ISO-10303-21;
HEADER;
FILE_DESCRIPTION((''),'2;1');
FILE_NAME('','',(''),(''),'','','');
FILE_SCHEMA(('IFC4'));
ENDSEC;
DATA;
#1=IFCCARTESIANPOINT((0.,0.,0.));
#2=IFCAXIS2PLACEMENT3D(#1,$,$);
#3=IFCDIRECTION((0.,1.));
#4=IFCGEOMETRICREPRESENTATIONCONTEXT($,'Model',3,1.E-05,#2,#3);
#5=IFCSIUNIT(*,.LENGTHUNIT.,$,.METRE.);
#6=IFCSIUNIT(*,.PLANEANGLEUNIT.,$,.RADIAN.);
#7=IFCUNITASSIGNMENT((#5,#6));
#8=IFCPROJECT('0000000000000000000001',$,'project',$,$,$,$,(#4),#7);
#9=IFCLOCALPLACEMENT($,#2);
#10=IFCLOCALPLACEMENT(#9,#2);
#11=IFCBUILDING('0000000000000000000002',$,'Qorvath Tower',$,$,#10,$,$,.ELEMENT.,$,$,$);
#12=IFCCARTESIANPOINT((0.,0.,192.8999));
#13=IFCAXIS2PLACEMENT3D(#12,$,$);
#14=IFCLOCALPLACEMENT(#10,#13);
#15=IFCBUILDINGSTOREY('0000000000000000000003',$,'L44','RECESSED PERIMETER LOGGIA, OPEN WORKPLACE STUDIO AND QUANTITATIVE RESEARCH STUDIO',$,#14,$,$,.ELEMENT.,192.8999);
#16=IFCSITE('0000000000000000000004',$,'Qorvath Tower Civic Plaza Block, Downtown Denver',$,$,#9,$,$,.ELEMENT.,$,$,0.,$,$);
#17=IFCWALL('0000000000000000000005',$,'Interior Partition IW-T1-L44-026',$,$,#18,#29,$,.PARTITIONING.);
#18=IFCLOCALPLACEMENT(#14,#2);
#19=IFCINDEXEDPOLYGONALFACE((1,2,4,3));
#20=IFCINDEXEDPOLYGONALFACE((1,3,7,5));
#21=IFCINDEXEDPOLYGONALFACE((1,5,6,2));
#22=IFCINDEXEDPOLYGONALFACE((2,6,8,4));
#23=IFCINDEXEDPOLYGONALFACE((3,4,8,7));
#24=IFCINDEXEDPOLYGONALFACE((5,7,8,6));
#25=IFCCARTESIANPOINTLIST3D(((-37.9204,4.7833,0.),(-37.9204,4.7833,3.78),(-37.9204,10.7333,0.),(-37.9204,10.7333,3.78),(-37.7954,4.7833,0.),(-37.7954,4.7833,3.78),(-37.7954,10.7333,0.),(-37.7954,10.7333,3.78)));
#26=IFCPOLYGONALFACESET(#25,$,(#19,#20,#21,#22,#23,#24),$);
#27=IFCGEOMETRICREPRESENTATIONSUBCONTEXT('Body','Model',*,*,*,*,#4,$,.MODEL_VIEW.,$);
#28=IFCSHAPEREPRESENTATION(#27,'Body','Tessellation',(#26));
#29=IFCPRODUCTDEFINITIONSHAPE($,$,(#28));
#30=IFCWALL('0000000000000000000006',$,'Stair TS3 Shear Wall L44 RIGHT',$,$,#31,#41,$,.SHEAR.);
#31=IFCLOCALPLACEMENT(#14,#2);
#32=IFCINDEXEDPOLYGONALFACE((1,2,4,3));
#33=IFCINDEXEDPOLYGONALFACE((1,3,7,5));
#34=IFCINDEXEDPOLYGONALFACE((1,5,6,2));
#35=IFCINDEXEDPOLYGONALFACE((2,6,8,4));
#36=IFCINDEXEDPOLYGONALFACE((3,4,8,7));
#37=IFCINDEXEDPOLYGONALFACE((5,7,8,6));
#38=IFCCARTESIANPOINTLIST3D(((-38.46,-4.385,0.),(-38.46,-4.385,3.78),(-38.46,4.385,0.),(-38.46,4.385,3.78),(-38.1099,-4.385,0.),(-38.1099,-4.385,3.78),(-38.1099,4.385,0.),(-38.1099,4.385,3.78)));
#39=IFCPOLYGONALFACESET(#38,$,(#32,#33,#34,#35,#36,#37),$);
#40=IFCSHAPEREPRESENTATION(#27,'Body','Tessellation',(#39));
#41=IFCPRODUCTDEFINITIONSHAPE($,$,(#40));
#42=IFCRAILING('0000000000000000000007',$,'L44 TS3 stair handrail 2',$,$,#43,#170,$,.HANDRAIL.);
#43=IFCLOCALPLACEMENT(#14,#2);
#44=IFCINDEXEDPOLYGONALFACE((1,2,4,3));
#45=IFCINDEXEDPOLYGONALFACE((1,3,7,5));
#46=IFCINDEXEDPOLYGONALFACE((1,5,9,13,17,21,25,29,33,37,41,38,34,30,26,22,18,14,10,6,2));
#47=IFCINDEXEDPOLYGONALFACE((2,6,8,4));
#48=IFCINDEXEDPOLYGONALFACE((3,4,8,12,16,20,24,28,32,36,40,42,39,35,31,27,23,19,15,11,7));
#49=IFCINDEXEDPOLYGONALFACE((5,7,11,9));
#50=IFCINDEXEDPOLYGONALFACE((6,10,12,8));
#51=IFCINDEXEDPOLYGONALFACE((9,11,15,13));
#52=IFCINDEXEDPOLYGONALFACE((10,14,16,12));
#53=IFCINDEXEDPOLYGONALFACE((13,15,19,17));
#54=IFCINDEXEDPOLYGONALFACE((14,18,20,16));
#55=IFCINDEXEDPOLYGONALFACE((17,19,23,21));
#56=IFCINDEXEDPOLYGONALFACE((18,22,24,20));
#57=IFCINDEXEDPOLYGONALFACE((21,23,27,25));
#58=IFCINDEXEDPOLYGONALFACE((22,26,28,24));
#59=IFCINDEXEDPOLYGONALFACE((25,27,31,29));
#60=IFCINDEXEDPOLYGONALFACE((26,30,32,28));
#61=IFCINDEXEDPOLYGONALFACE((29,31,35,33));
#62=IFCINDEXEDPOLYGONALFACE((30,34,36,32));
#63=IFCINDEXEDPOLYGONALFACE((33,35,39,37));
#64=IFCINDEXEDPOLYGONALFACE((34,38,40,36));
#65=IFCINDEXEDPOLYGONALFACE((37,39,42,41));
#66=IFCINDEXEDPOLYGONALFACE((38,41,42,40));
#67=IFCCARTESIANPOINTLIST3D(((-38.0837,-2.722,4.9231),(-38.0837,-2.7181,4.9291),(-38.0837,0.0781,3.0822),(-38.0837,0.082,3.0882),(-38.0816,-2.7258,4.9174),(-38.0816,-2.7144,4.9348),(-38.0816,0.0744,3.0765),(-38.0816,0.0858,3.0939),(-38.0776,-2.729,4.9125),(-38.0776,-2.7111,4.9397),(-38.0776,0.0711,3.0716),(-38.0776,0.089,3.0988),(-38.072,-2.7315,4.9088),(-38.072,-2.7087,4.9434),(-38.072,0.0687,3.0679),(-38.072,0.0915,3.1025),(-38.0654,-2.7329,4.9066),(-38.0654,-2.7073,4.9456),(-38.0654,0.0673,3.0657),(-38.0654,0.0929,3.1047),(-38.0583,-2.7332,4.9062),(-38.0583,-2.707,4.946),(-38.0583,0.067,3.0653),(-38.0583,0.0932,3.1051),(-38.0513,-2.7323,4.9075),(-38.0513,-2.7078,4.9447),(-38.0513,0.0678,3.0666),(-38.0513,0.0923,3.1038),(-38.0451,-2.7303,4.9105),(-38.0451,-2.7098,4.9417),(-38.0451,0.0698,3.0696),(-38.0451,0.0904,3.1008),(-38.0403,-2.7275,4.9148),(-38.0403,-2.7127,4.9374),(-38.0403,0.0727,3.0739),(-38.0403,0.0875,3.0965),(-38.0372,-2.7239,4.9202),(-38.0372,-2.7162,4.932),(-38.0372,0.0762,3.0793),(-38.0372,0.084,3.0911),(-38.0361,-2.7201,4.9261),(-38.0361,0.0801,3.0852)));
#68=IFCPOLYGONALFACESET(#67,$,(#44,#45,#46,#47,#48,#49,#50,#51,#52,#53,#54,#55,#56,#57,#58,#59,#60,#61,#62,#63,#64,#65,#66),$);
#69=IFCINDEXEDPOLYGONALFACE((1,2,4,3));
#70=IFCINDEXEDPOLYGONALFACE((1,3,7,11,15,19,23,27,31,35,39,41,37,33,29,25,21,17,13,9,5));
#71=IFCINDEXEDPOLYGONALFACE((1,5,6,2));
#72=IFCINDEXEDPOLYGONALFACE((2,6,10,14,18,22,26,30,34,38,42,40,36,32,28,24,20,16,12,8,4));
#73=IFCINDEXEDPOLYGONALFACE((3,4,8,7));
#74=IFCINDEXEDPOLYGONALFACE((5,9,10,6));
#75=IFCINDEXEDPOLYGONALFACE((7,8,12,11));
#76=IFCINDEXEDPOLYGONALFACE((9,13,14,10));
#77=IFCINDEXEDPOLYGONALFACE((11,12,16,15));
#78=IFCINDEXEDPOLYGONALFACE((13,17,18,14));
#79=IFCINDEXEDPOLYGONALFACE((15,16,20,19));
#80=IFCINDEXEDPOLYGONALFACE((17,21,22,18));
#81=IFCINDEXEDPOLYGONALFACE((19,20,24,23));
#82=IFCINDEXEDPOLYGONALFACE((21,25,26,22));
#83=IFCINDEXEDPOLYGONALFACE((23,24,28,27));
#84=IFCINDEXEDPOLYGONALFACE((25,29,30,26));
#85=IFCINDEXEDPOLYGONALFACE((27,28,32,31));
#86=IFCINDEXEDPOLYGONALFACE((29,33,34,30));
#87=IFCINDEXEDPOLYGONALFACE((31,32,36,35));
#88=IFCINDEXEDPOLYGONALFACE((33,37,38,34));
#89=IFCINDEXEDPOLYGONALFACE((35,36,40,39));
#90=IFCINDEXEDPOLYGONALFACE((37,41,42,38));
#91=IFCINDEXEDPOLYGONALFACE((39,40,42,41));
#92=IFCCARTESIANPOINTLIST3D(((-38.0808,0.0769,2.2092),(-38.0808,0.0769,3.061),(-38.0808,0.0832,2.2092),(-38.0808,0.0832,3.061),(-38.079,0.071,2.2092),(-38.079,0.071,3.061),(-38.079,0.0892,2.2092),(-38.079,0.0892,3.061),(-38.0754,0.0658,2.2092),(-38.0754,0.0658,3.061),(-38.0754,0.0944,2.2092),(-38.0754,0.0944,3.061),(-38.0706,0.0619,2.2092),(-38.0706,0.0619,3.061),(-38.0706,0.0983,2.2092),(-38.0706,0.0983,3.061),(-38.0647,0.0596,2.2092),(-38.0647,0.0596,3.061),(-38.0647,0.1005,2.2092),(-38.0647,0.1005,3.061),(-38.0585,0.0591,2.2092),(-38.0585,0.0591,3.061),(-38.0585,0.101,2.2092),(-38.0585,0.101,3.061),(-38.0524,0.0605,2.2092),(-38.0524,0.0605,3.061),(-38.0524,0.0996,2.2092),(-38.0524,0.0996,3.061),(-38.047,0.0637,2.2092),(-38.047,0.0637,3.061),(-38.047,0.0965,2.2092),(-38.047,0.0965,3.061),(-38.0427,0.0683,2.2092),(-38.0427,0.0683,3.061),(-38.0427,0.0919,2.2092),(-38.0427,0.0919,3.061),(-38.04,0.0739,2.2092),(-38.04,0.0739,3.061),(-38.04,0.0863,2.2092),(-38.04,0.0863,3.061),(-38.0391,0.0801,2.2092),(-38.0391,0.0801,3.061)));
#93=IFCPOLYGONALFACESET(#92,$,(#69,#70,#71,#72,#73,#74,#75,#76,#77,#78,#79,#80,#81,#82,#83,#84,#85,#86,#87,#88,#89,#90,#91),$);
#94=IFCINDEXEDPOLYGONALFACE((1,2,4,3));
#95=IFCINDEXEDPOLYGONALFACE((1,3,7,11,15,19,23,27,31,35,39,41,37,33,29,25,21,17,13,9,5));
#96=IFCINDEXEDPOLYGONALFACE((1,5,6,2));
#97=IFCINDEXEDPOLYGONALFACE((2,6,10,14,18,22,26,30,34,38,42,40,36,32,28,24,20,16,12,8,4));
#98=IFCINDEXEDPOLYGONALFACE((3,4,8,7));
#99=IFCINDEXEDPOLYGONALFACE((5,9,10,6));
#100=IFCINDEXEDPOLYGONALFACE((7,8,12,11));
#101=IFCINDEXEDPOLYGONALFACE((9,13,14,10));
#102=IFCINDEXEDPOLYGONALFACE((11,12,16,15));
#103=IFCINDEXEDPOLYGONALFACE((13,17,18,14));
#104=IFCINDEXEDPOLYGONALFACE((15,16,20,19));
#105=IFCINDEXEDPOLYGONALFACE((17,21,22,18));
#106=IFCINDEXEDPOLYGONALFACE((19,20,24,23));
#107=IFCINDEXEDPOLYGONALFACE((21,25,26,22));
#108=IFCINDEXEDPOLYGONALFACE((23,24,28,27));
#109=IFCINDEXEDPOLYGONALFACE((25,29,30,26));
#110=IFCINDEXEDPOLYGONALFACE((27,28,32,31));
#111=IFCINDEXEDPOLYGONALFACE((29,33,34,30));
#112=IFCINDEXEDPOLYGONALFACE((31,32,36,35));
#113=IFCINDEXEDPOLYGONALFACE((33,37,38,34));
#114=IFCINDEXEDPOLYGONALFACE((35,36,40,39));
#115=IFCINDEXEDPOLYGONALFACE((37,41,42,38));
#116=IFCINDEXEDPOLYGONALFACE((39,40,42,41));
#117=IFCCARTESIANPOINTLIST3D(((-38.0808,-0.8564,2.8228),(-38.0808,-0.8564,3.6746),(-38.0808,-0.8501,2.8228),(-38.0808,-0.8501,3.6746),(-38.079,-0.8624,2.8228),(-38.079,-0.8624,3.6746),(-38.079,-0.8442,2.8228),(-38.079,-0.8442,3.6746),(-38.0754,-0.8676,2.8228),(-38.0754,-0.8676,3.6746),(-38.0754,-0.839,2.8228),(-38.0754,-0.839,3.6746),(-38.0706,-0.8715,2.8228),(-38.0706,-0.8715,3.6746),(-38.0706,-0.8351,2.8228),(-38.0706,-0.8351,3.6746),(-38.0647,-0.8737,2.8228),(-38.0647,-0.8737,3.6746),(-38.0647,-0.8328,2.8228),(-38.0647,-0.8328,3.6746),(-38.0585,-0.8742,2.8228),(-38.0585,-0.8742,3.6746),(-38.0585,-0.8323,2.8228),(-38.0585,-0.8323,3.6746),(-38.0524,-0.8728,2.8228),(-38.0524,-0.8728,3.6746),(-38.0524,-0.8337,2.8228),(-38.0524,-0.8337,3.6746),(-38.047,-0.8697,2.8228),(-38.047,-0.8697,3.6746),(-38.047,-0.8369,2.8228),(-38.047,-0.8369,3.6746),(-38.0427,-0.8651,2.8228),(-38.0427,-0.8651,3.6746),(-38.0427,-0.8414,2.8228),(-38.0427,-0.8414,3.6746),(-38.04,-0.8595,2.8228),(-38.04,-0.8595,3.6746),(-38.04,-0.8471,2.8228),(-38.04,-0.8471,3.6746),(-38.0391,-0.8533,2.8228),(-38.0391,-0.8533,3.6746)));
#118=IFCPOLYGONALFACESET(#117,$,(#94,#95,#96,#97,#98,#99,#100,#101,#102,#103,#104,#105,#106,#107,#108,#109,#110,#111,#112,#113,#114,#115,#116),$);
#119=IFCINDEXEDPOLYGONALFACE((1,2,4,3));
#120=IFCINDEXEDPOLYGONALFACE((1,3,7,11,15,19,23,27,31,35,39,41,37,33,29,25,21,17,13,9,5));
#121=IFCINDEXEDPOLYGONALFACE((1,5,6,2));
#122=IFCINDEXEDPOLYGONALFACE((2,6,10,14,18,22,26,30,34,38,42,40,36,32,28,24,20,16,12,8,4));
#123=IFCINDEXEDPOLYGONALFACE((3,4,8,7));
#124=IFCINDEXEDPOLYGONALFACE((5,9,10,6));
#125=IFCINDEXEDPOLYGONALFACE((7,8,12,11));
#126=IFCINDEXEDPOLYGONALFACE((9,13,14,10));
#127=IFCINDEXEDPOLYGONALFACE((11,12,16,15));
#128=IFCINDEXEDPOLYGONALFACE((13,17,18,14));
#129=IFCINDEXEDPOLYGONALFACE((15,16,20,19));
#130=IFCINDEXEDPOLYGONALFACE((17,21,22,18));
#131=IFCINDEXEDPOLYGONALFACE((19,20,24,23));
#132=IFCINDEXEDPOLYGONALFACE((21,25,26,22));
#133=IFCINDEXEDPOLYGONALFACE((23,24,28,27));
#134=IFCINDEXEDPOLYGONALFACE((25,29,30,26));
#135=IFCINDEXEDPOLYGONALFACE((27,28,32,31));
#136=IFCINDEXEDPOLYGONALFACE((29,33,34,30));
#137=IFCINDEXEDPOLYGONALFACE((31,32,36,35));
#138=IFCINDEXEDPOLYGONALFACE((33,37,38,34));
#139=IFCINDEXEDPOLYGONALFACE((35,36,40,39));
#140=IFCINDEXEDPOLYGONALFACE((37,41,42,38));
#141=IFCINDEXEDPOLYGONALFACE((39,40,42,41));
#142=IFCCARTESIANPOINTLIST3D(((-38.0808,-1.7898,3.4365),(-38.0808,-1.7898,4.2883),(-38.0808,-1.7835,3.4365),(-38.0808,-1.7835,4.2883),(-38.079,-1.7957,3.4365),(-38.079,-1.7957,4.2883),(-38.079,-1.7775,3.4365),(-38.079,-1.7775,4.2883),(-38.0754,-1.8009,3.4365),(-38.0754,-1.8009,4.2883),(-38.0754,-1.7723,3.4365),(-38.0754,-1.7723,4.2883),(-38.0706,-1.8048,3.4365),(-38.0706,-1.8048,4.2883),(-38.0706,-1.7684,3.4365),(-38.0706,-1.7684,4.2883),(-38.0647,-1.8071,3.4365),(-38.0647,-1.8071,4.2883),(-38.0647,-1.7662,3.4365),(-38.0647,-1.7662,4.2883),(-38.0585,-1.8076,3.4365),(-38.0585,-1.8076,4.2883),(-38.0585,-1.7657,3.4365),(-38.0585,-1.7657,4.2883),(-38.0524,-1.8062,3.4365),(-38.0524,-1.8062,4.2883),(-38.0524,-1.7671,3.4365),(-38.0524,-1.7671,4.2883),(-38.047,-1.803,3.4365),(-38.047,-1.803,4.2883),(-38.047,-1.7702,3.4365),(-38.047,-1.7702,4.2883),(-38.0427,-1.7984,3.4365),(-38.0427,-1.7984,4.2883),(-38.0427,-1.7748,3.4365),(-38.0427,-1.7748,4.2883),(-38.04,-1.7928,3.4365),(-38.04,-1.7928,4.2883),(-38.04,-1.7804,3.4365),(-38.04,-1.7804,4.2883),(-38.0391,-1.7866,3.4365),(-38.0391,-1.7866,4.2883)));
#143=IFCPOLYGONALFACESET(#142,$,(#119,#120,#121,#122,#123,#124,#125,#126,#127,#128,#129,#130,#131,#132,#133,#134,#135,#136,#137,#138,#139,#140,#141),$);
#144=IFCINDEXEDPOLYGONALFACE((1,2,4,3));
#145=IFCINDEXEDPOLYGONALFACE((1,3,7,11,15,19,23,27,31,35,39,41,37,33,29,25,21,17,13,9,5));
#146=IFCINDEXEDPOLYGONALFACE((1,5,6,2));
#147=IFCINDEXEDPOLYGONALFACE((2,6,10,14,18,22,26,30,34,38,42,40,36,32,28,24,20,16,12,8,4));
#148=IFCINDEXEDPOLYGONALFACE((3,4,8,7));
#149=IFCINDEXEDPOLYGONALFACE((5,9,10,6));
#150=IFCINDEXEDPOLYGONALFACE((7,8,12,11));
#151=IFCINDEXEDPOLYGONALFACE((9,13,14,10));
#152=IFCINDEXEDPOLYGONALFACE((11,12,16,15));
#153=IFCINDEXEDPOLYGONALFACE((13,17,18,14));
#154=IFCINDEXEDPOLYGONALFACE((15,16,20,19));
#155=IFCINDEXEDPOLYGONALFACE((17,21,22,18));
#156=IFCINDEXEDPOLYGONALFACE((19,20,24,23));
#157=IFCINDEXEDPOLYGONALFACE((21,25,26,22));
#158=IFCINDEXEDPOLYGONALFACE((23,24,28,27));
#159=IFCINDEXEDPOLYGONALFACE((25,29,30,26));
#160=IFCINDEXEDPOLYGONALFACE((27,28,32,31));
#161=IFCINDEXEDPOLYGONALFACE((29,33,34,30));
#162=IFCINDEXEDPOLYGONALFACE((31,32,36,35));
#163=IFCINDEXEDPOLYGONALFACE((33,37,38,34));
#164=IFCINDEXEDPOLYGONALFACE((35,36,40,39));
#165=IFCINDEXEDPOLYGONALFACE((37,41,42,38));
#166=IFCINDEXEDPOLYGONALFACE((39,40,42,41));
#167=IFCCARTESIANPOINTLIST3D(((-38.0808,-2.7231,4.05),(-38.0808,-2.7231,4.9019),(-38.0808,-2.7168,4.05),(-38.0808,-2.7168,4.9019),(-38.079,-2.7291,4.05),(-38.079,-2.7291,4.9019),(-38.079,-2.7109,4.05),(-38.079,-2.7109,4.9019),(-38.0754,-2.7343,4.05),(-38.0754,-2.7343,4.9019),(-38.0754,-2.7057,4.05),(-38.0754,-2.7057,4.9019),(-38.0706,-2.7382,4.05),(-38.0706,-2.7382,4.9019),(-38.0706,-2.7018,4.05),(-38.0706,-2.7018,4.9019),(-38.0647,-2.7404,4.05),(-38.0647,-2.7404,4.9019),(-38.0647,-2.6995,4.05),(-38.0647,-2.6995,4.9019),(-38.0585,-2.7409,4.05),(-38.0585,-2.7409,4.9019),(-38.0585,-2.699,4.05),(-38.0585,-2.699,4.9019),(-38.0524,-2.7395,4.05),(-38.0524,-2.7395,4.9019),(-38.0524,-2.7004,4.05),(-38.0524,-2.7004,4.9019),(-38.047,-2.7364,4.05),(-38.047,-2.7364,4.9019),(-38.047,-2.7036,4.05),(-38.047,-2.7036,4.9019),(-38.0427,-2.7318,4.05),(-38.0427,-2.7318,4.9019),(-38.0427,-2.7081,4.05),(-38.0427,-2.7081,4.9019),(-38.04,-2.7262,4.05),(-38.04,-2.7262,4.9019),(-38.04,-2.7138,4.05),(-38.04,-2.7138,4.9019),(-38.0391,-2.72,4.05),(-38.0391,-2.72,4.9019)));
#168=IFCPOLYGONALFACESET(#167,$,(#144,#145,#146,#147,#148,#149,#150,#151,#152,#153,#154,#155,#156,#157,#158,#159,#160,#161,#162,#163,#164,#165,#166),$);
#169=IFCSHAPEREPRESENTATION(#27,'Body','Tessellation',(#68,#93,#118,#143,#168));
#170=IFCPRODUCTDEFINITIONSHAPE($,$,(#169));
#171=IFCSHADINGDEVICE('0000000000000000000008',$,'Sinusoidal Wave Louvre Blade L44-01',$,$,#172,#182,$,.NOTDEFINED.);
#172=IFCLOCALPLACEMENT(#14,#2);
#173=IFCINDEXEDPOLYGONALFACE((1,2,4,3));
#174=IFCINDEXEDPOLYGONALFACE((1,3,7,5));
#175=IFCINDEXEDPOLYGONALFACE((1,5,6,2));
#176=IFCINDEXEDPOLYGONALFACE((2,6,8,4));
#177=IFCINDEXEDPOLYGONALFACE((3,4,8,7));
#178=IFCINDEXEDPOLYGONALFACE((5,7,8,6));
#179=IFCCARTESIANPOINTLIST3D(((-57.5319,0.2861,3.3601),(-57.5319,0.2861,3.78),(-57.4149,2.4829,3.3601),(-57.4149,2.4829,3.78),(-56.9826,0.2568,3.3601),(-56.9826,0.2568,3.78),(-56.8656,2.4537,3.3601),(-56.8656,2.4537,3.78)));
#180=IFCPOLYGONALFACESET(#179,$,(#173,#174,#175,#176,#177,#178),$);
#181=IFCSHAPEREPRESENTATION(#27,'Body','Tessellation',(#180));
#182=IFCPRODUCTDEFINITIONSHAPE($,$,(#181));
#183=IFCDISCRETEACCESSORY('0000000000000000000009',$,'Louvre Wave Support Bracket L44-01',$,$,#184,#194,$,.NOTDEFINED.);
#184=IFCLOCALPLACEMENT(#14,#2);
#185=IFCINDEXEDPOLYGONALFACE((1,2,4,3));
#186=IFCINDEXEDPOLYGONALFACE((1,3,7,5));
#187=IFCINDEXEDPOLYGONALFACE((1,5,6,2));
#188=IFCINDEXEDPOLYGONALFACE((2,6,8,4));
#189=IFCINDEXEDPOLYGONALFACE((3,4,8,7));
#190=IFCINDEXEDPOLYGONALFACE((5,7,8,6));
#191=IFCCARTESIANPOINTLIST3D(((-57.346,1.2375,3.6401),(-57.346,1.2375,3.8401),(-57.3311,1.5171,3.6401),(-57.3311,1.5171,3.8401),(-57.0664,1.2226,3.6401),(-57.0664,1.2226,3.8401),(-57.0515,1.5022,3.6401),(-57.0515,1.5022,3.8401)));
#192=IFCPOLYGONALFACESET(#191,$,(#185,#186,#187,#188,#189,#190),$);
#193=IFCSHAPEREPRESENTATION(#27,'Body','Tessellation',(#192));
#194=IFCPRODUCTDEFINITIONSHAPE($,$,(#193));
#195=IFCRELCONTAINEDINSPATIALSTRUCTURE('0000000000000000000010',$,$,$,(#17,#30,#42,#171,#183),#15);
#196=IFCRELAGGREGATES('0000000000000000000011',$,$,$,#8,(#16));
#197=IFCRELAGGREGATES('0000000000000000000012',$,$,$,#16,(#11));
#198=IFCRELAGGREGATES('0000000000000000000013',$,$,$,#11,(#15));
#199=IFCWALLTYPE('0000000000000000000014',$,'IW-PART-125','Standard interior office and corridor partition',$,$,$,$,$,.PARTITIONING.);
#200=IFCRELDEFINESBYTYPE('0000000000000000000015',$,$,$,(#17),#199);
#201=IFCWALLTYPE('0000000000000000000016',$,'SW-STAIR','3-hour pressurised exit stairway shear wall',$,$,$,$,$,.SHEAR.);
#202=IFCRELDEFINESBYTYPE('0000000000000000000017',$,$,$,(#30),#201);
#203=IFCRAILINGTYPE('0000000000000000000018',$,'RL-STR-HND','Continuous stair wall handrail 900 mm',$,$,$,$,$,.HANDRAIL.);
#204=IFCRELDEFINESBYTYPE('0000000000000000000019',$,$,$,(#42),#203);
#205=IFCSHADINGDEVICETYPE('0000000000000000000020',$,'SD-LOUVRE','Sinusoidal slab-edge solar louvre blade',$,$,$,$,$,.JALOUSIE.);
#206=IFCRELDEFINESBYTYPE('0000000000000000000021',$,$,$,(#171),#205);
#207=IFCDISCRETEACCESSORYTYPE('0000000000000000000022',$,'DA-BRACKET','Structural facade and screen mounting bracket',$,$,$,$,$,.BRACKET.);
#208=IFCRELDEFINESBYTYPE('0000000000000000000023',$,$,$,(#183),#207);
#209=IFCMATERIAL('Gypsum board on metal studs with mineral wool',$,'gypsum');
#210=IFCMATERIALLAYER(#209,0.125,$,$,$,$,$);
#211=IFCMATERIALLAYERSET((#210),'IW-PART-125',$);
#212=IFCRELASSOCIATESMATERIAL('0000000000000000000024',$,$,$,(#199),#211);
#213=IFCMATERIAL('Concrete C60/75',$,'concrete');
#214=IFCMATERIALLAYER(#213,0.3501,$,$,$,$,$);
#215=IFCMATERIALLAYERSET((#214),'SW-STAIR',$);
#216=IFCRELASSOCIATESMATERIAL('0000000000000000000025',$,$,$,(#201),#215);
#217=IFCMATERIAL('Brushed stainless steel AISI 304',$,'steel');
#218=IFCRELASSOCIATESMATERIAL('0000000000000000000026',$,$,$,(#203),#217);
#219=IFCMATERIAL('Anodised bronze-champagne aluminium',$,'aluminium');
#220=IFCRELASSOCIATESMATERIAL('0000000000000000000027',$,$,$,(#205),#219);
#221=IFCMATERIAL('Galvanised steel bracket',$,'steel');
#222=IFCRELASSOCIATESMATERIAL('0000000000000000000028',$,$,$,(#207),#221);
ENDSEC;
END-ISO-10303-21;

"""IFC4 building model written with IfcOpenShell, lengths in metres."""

from ifc_helpers import new_model, si_unit, direction, frame, frame_2d, origin, origin_2d, place, context, subcontext, project, spatial, rectangle, circle, extrude, material, layer, layer_set, type_object, element, save


model = new_model("IFC4")

# Units and contexts
model_context = context("Model", 3, precision=1e-05, world=origin(), true_north=direction((0.0, 1.0)))
body_context = subcontext(model_context, "Body", "Model", "MODEL_VIEW")
ifc_project = project(units=[si_unit("LENGTHUNIT", "METRE"), si_unit("PLANEANGLEUNIT", "RADIAN")], contexts=[model_context])

# Site, building, storey
site_placement = place(None, origin())
site = spatial("IfcSite", under=ifc_project, at=site_placement, Name="Qorvath Tower Civic Plaza Block, Downtown Denver", CompositionType="ELEMENT", RefElevation=0.0)
building_placement = place(site_placement, origin())
building = spatial("IfcBuilding", under=site, at=building_placement, Name="Qorvath Tower", CompositionType="ELEMENT")
storey_placement = place(building_placement, frame((0.0, 0.0, 192.8999)))
storey = spatial("IfcBuildingStorey", under=building, at=storey_placement, Name="L44", Description="RECESSED PERIMETER LOGGIA, OPEN WORKPLACE STUDIO AND QUANTITATIVE RESEARCH STUDIO", CompositionType="ELEMENT", Elevation=192.8999)

# Walls
ifc_material_1 = material(Name="Gypsum board on metal studs with mineral wool", Category="gypsum")
ifc_layer_1 = layer(ifc_material_1, 0.125)
ifc_layer_set_1 = layer_set([ifc_layer_1], Name="IW-PART-125")
wall_type_1 = type_object("IfcWallType", Name="IW-PART-125", Description="Standard interior office and corridor partition", PredefinedType="PARTITIONING", material=ifc_layer_set_1)
wall_1_placement = place(storey_placement, frame((-37.8579, 4.7832, 0.0), z_axis=(0.0, 0.0, 1.0), x_axis=(0.0, 1.0, 0.0)))
element("IfcWall", 1, at=wall_1_placement, inside=storey, type_object=wall_type_1, Name="Interior Partition IW-T1-L44-026", PredefinedType="PARTITIONING", context=body_context, shape_type="SweptSolid", body=[
    extrude(rectangle(XDim=5.95, YDim=0.125, at=frame_2d((2.9751, 0.0))), origin(), (0.0, 0.0, 1.0), 3.78),
])
ifc_material_2 = material(Name="Concrete C60/75", Category="concrete")
ifc_layer_2 = layer(ifc_material_2, 0.3501)
ifc_layer_set_2 = layer_set([ifc_layer_2], Name="SW-STAIR")
wall_type_2 = type_object("IfcWallType", Name="SW-STAIR", Description="3-hour pressurised exit stairway shear wall", PredefinedType="SHEAR", material=ifc_layer_set_2)
wall_2_placement = place(storey_placement, frame((-38.2849, 4.385, 0.0), z_axis=(0.0, 0.0, 1.0), x_axis=(0.0, -1.0, 0.0)))
element("IfcWall", 2, at=wall_2_placement, inside=storey, type_object=wall_type_2, Name="Stair TS3 Shear Wall L44 RIGHT", PredefinedType="SHEAR", context=body_context, shape_type="SweptSolid", body=[
    extrude(rectangle(XDim=8.77, YDim=0.3501, at=frame_2d((4.385, 0.0))), origin(), (0.0, 0.0, 1.0), 3.78),
])

# Railing
ifc_material_3 = material(Name="Brushed stainless steel AISI 304", Category="steel")
railing_type = type_object("IfcRailingType", Name="RL-STR-HND", Description="Continuous stair wall handrail 900 mm", PredefinedType="HANDRAIL", material=ifc_material_3)
railing_placement = place(storey_placement, frame((-38.0601, 0.0801, 2.2092)))
element("IfcRailing", 3, at=railing_placement, inside=storey, type_object=railing_type, Name="L44 TS3 stair handrail 2", PredefinedType="HANDRAIL", context=body_context, shape_type="SweptSolid", body=[
    extrude(circle(Radius=0.0239, at=origin_2d()), frame((0.0, 0.0, 0.876), z_axis=(0.0, -0.835598, 0.549342), x_axis=(1.0, 0.0, 0.0)), (0.0, 0.0, 1.0), 3.3511),
    extrude(circle(Radius=0.021, at=origin_2d()), origin(), (0.0, 0.0, 1.0), 0.8518),
    extrude(circle(Radius=0.021, at=origin_2d()), frame((0.0, -0.9333, 0.6135)), (0.0, 0.0, 1.0), 0.8518),
    extrude(circle(Radius=0.021, at=origin_2d()), frame((0.0, -1.8667, 1.2273)), (0.0, 0.0, 1.0), 0.8518),
    extrude(circle(Radius=0.021, at=origin_2d()), frame((0.0, -2.8, 1.8408)), (0.0, 0.0, 1.0), 0.8518),
])

# Shading device
ifc_material_4 = material(Name="Anodised bronze-champagne aluminium", Category="aluminium")
shading_device_type = type_object("IfcShadingDeviceType", Name="SD-LOUVRE", Description="Sinusoidal slab-edge solar louvre blade", PredefinedType="JALOUSIE", material=ifc_material_4)
shading_device_placement = place(storey_placement, frame((-57.1987, 1.3699, 3.3601), z_axis=(0.0, 0.0, 1.0), x_axis=(-0.053186, -0.998585, 0.0)))
element("IfcShadingDevice", 4, at=shading_device_placement, inside=storey, type_object=shading_device_type, Name="Sinusoidal Wave Louvre Blade L44-01", PredefinedType="NOTDEFINED", context=body_context, shape_type="SweptSolid", body=[
    extrude(rectangle(XDim=2.2, YDim=0.55, at=origin_2d()), origin(), (0.0, 0.0, 1.0), 0.4199),
])

# Discrete accessory
ifc_material_5 = material(Name="Galvanised steel bracket", Category="steel")
discrete_accessory_type = type_object("IfcDiscreteAccessoryType", Name="DA-BRACKET", Description="Structural facade and screen mounting bracket", PredefinedType="BRACKET", material=ifc_material_5)
discrete_accessory_1_placement = place(storey_placement, frame((-57.1987, 1.3699, 3.6401), z_axis=(0.0, 0.0, 1.0), x_axis=(-0.053186, -0.998585, 0.0)))
element("IfcDiscreteAccessory", 5, at=discrete_accessory_1_placement, inside=storey, type_object=discrete_accessory_type, Name="Louvre Wave Support Bracket L44-01", PredefinedType="NOTDEFINED", context=body_context, shape_type="SweptSolid", body=[
    extrude(rectangle(XDim=0.28, YDim=0.28, at=origin_2d()), origin(), (0.0, 0.0, 1.0), 0.2),
])

save(model, "model.ifc")
